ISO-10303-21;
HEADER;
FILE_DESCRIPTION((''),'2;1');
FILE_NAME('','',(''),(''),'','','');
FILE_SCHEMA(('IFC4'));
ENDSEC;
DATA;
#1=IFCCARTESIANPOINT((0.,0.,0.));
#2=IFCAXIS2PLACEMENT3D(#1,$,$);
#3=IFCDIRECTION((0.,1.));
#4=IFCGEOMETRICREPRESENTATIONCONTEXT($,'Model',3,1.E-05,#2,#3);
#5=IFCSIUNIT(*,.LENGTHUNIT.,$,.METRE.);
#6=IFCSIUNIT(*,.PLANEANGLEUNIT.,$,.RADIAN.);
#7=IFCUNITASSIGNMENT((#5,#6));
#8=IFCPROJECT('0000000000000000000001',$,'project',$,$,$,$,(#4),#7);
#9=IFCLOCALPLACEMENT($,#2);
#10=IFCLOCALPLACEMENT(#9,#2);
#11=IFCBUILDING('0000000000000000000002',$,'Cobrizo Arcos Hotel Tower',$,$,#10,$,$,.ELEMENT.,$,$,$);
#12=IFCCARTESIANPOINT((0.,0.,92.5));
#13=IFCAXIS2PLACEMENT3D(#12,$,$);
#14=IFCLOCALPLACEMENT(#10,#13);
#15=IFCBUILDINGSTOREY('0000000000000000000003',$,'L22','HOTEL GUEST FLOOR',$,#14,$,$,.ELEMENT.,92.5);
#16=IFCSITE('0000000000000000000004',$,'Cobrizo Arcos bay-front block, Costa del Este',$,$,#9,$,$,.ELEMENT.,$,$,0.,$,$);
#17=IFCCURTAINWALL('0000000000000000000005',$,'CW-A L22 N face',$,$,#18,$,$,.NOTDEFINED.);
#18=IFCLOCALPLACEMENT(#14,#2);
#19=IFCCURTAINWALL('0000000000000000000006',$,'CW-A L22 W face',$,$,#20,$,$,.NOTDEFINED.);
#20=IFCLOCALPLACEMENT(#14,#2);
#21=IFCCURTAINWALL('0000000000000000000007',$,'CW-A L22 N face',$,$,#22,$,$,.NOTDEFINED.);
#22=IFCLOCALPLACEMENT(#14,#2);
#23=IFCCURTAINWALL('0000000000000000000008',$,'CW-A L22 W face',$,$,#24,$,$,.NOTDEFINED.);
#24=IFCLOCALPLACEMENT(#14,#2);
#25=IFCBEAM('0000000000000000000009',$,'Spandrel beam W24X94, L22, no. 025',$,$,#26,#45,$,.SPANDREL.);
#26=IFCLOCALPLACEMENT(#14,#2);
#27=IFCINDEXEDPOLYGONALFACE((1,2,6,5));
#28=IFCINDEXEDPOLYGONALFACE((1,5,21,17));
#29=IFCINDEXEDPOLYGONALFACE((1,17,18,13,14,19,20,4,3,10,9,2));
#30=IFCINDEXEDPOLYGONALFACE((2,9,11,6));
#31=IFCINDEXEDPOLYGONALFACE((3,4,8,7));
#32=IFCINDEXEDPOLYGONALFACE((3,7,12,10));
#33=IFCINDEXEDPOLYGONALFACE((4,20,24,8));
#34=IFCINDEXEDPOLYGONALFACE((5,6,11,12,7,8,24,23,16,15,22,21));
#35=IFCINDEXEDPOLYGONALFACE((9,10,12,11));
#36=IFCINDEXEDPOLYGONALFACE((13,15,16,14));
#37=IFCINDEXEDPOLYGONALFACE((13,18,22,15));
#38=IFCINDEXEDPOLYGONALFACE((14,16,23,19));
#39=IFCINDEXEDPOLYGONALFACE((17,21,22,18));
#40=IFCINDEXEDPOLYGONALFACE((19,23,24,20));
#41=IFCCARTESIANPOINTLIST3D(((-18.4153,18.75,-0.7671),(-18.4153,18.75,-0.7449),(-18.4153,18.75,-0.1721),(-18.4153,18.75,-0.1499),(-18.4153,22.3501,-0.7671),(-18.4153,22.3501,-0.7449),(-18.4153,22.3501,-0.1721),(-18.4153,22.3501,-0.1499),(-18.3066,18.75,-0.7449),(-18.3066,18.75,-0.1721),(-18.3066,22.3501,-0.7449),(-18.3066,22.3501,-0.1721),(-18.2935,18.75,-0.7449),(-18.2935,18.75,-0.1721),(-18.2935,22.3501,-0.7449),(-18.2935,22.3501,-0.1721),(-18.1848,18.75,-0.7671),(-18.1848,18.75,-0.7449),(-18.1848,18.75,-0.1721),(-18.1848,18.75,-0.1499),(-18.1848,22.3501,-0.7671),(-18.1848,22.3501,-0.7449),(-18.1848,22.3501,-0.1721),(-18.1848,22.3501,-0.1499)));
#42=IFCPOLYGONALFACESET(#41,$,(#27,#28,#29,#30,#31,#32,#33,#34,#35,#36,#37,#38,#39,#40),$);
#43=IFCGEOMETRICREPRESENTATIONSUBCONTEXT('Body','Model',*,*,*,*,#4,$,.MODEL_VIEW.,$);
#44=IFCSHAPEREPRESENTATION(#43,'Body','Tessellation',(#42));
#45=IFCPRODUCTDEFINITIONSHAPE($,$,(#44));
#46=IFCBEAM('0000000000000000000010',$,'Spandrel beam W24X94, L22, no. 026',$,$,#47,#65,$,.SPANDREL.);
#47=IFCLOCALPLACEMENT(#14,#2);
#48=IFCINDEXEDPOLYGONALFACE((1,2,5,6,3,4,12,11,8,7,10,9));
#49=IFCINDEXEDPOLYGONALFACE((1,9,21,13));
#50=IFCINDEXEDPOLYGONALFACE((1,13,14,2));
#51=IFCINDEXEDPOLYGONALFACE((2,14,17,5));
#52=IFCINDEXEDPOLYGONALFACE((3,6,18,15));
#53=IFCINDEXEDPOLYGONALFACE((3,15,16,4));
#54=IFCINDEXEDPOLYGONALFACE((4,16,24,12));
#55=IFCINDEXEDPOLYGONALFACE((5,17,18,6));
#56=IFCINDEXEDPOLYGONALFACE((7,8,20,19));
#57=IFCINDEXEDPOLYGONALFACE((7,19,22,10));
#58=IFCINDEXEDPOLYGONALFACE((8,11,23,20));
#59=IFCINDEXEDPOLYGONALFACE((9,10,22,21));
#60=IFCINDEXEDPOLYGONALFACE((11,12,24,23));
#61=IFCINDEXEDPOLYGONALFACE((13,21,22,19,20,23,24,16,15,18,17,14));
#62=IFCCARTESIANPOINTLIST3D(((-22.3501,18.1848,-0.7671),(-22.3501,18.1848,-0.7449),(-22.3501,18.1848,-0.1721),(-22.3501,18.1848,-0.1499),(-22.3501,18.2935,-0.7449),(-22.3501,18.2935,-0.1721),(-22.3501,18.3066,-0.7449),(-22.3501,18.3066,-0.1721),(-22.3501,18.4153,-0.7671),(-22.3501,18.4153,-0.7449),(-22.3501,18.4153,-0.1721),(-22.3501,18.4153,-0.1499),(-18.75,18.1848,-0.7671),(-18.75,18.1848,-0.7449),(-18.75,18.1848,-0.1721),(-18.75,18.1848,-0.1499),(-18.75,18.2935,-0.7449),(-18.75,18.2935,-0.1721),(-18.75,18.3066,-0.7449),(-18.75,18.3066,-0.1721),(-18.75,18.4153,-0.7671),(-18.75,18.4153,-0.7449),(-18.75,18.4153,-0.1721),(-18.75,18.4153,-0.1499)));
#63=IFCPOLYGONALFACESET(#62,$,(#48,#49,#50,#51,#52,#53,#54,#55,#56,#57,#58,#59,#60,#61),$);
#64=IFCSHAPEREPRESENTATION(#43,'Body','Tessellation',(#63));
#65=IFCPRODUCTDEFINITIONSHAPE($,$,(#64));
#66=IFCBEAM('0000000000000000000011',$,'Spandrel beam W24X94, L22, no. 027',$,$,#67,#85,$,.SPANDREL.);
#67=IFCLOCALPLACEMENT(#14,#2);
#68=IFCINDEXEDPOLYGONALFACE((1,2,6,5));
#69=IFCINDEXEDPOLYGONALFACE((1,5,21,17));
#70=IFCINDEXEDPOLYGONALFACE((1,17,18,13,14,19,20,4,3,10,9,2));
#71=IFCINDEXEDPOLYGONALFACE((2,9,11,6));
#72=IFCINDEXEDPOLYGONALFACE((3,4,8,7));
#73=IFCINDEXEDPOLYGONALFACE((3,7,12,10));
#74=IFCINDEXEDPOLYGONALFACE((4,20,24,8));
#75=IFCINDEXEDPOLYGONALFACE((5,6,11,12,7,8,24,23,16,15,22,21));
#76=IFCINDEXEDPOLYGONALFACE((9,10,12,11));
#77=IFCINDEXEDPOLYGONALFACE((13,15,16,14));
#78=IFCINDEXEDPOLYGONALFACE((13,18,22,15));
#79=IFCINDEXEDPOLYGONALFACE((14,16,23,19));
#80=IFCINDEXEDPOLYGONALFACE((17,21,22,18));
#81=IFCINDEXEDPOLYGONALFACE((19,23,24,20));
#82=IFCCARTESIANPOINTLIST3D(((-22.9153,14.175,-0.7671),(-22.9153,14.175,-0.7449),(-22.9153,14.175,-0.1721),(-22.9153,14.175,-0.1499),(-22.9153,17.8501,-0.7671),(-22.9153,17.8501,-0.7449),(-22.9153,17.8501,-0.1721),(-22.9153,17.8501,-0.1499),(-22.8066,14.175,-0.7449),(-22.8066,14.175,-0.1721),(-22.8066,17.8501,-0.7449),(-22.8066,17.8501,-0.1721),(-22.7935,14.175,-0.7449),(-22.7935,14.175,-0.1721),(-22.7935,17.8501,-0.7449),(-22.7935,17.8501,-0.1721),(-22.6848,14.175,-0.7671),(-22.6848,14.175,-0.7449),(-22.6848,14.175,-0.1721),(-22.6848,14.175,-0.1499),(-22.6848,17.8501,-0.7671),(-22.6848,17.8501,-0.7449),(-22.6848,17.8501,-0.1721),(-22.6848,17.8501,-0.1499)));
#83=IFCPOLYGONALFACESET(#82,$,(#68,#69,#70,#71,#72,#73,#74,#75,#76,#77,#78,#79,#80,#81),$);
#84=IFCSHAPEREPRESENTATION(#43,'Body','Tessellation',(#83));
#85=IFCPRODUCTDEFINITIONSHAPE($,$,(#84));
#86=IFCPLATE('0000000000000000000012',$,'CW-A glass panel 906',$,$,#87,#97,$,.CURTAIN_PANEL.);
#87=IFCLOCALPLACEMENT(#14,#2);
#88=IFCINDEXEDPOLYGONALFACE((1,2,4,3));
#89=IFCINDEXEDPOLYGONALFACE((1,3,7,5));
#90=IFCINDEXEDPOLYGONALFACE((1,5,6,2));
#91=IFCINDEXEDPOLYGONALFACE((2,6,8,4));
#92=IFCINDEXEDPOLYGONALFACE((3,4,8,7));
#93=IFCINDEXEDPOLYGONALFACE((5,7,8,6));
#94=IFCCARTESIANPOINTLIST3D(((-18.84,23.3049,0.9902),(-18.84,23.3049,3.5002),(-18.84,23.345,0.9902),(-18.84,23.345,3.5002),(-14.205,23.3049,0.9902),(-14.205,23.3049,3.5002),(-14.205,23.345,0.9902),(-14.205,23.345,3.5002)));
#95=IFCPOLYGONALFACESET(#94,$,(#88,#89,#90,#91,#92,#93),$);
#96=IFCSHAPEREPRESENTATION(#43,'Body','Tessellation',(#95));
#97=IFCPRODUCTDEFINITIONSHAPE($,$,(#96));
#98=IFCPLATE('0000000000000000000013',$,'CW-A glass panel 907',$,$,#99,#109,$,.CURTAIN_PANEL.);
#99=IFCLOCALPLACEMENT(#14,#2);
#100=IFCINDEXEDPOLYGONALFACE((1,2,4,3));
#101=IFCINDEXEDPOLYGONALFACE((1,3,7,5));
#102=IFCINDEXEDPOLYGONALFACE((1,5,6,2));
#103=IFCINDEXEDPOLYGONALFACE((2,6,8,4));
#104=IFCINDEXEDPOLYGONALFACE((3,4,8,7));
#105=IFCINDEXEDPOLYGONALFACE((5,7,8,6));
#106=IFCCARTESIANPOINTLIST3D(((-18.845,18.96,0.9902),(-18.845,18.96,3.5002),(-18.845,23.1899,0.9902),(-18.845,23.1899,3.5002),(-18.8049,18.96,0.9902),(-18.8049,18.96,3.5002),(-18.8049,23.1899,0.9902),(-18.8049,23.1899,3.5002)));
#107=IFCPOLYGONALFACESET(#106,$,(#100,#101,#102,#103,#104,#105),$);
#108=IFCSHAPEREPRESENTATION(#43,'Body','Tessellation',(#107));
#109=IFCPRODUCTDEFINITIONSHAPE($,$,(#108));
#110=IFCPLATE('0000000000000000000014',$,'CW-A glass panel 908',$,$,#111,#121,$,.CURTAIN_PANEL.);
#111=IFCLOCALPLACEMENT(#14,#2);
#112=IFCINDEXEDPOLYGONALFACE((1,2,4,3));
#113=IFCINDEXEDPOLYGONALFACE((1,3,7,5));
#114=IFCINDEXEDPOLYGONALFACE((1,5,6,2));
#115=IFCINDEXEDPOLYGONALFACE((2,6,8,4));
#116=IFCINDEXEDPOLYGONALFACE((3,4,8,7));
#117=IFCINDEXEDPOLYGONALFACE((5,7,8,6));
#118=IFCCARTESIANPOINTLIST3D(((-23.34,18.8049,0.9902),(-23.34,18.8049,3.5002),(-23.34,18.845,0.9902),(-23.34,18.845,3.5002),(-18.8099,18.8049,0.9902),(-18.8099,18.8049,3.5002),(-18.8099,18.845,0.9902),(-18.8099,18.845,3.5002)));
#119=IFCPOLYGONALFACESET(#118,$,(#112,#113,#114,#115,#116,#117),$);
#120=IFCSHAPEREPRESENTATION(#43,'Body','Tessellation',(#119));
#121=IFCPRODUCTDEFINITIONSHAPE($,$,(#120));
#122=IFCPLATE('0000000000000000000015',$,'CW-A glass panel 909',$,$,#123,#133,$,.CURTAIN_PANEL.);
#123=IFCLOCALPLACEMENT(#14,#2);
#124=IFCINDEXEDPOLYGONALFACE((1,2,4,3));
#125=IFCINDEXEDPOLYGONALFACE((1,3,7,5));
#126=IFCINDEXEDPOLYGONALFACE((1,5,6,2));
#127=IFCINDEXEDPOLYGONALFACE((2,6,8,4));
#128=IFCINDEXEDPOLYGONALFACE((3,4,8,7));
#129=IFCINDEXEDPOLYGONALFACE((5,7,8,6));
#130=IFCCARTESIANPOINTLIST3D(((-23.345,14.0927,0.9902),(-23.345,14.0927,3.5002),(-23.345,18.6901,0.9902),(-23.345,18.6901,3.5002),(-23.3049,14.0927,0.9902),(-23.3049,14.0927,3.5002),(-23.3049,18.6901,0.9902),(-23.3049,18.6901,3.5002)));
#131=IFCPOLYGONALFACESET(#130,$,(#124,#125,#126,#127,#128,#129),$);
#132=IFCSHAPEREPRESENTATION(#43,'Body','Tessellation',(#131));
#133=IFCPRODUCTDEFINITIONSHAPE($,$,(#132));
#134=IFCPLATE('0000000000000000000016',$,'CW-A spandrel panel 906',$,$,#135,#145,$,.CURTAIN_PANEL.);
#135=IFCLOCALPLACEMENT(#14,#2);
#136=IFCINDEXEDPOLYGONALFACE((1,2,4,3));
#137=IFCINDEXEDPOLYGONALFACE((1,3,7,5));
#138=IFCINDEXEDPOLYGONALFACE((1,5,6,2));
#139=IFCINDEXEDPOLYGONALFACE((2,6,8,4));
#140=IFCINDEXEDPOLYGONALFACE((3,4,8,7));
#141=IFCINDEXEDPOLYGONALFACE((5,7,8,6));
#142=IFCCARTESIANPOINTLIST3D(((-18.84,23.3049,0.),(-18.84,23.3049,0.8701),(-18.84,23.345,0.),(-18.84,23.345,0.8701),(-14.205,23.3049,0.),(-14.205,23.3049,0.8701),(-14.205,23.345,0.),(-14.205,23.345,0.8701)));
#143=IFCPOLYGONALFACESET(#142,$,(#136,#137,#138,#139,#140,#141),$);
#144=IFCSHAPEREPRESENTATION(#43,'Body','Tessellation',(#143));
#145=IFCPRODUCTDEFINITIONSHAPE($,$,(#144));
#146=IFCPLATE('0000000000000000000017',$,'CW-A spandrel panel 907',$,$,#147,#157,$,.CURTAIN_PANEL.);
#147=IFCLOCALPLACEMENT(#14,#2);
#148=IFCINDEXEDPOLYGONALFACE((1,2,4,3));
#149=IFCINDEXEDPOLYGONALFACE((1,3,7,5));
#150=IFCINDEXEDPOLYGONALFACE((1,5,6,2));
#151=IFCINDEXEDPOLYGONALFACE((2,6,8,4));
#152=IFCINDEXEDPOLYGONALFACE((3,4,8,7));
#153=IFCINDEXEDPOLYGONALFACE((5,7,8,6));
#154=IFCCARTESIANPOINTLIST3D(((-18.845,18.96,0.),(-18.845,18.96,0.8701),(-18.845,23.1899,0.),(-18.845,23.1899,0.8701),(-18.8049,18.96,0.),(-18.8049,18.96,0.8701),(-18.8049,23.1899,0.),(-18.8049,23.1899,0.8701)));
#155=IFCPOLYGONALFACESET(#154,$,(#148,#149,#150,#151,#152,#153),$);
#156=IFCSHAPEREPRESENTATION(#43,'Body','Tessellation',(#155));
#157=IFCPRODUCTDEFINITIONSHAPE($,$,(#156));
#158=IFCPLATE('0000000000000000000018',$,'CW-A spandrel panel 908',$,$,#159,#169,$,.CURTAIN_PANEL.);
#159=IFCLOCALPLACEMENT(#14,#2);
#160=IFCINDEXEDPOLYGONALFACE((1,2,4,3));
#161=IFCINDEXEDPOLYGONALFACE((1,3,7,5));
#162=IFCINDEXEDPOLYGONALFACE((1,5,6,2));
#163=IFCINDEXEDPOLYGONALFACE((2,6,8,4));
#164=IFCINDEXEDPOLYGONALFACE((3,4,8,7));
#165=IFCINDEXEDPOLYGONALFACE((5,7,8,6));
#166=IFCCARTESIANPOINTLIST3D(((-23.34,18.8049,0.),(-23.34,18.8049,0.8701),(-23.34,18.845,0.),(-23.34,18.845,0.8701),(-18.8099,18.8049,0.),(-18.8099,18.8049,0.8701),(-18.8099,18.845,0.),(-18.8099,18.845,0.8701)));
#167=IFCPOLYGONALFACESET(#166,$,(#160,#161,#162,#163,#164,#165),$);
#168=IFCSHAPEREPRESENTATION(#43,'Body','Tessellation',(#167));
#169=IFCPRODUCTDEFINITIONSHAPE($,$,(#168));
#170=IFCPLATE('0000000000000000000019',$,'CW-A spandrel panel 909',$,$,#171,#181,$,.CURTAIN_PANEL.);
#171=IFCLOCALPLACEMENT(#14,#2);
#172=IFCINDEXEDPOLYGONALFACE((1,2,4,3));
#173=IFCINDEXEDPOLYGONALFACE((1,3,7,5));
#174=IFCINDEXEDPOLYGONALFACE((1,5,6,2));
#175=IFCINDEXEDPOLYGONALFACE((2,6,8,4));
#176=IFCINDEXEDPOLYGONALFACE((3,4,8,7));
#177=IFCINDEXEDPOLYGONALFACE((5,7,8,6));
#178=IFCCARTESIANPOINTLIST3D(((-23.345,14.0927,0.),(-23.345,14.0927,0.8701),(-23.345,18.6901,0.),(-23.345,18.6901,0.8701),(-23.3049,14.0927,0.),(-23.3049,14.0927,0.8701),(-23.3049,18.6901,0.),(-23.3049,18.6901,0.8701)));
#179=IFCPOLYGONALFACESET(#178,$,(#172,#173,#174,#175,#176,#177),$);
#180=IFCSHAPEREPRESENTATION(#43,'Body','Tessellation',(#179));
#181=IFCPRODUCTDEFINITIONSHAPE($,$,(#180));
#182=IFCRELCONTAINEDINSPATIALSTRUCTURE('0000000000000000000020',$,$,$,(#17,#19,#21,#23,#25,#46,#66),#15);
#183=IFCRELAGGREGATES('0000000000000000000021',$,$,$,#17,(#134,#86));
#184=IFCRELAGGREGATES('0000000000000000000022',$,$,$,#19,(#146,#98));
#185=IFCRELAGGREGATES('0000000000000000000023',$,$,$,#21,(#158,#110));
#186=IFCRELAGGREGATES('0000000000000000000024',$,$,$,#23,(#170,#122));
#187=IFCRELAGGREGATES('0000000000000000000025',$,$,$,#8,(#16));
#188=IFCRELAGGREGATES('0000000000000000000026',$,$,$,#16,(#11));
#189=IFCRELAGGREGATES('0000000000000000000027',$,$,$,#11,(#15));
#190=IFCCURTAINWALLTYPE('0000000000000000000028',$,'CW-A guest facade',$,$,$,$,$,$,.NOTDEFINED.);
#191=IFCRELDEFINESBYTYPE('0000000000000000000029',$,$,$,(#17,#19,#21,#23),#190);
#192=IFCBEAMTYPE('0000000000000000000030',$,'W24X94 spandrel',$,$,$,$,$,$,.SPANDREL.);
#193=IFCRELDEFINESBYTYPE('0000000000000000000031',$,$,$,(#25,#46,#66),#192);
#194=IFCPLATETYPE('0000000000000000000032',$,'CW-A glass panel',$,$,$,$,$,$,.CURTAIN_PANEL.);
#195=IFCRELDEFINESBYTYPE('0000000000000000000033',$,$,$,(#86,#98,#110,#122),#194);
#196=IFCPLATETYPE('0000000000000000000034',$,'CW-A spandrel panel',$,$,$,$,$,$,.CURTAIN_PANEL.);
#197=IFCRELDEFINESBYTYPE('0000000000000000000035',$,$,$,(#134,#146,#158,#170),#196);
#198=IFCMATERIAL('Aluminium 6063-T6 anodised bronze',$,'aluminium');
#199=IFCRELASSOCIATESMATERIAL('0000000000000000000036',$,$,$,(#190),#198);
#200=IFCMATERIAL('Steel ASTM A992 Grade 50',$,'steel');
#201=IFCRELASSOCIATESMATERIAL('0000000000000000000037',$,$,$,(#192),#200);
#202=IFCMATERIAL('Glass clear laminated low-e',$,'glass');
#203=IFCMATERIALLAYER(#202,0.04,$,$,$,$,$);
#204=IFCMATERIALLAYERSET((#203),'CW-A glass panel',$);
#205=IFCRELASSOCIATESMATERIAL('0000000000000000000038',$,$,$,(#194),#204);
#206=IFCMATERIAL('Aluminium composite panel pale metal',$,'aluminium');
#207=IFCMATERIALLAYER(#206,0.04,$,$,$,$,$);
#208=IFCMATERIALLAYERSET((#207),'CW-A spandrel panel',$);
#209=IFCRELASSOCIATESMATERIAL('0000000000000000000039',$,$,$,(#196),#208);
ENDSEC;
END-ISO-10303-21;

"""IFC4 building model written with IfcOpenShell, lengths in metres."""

from ifc_helpers import new_model, si_unit, direction, frame, origin, origin_2d, place, context, subcontext, project, spatial, rectangle, i_section, extrude, material, layer, layer_set, material_profile, profile_set, type_object, element, aggregate, save


model = new_model("IFC4")

# Units and contexts
model_context = context("Model", 3, precision=1e-05, world=origin(), true_north=direction((0.0, 1.0)))
body_context = subcontext(model_context, "Body", "Model", "MODEL_VIEW")
ifc_project = project(units=[si_unit("LENGTHUNIT", "METRE"), si_unit("PLANEANGLEUNIT", "RADIAN")], contexts=[model_context])

# Site, building, storey
site_placement = place(None, origin())
site = spatial("IfcSite", under=ifc_project, at=site_placement, Name="Cobrizo Arcos bay-front block, Costa del Este", CompositionType="ELEMENT", RefElevation=0.0)
building_placement = place(site_placement, origin())
building = spatial("IfcBuilding", under=site, at=building_placement, Name="Cobrizo Arcos Hotel Tower", CompositionType="ELEMENT")
storey_placement = place(building_placement, frame((0.0, 0.0, 92.5)))
storey = spatial("IfcBuildingStorey", under=building, at=storey_placement, Name="L22", Description="HOTEL GUEST FLOOR", CompositionType="ELEMENT", Elevation=92.5)

# Curtain wall
ifc_material_1 = material(Name="Aluminium 6063-T6 anodised bronze", Category="aluminium")
curtain_wall_type = type_object("IfcCurtainWallType", Name="CW-A guest facade", PredefinedType="NOTDEFINED", material=ifc_material_1)
curtain_wall_1_placement = place(storey_placement, origin())
curtain_wall_1 = element("IfcCurtainWall", 1, at=curtain_wall_1_placement, inside=storey, type_object=curtain_wall_type, Name="CW-A L22 N face", PredefinedType="NOTDEFINED")

# Curtain walls
curtain_wall_2_placement = place(storey_placement, origin())
curtain_wall_2 = element("IfcCurtainWall", 2, at=curtain_wall_2_placement, inside=storey, type_object=curtain_wall_type, Name="CW-A L22 W face", PredefinedType="NOTDEFINED")
curtain_wall_3_placement = place(storey_placement, origin())
curtain_wall_3 = element("IfcCurtainWall", 3, at=curtain_wall_3_placement, inside=storey, type_object=curtain_wall_type, Name="CW-A L22 N face", PredefinedType="NOTDEFINED")
curtain_wall_4_placement = place(storey_placement, origin())
curtain_wall_4 = element("IfcCurtainWall", 4, at=curtain_wall_4_placement, inside=storey, type_object=curtain_wall_type, Name="CW-A L22 W face", PredefinedType="NOTDEFINED")

# Beams
ifc_material_2 = material(Name="Steel ASTM A992 Grade 50", Category="steel")
ifc_material_profile_1 = material_profile(ifc_material_2, i_section(OverallWidth=0.2305, OverallDepth=0.6172, WebThickness=0.0132, FlangeThickness=0.0222, at=origin_2d()), Name="W24X94")
ifc_profile_set_1 = profile_set([ifc_material_profile_1], Name="Steel ASTM A992 Grade 50")
beam_type = type_object("IfcBeamType", Name="W24X94 spandrel", PredefinedType="SPANDREL", material=ifc_profile_set_1)
for number, where, z_axis, x_axis, name in (
    (5, (-18.3, 22.3501, -0.4585), (0.0, -1.0, 0.0), (1.0, 0.0, 0.0), "Spandrel beam W24X94, L22, no. 025"),
    (6, (-18.75, 18.3, -0.4585), (-1.0, 0.0, 0.0), (0.0, -1.0, 0.0), "Spandrel beam W24X94, L22, no. 026"),
):
    element("IfcBeam", number, at=place(storey_placement, frame(where, z_axis=z_axis, x_axis=x_axis)), inside=storey, type_object=beam_type, Name=name, PredefinedType="SPANDREL", context=body_context, shape_type="SweptSolid", body=[
        extrude(i_section(OverallWidth=0.2305, OverallDepth=0.6172, WebThickness=0.0132, FlangeThickness=0.0222, at=origin_2d()), origin(), (0.0, 0.0, 1.0), 3.6001),
    ])
beam_placement = place(storey_placement, frame((-22.8, 17.8501, -0.4585), z_axis=(0.0, -1.0, 0.0), x_axis=(1.0, 0.0, 0.0)))
element("IfcBeam", 7, at=beam_placement, inside=storey, type_object=beam_type, Name="Spandrel beam W24X94, L22, no. 027", PredefinedType="SPANDREL", context=body_context, shape_type="SweptSolid", body=[
    extrude(i_section(OverallWidth=0.2305, OverallDepth=0.6172, WebThickness=0.0132, FlangeThickness=0.0222, at=origin_2d()), origin(), (0.0, 0.0, 1.0), 3.675),
])

# Plates
ifc_material_3 = material(Name="Glass clear laminated low-e", Category="glass")
ifc_layer_1 = layer(ifc_material_3, 0.04)
ifc_layer_set_1 = layer_set([ifc_layer_1], Name="CW-A glass panel")
plate_type_1 = type_object("IfcPlateType", Name="CW-A glass panel", PredefinedType="CURTAIN_PANEL", material=ifc_layer_set_1)
plate_1_placement = place(storey_placement, frame((-16.5225, 23.325, 0.9902), z_axis=(0.0, 0.0, 1.0), x_axis=(-1.0, 0.0, 0.0)))
plate_1 = element("IfcPlate", 8, at=plate_1_placement, type_object=plate_type_1, Name="CW-A glass panel 906", PredefinedType="CURTAIN_PANEL", context=body_context, shape_type="SweptSolid", body=[
    extrude(rectangle(XDim=4.635, YDim=0.04, at=origin_2d()), origin(), (0.0, 0.0, 1.0), 2.51),
])
plate_2_placement = place(storey_placement, frame((-18.825, 21.075, 0.9902), z_axis=(0.0, 0.0, 1.0), x_axis=(0.0, -1.0, 0.0)))
plate_2 = element("IfcPlate", 9, at=plate_2_placement, type_object=plate_type_1, Name="CW-A glass panel 907", PredefinedType="CURTAIN_PANEL", context=body_context, shape_type="SweptSolid", body=[
    extrude(rectangle(XDim=4.23, YDim=0.04, at=origin_2d()), origin(), (0.0, 0.0, 1.0), 2.51),
])
plate_3_placement = place(storey_placement, frame((-21.075, 18.825, 0.9902), z_axis=(0.0, 0.0, 1.0), x_axis=(-1.0, 0.0, 0.0)))
plate_3 = element("IfcPlate", 10, at=plate_3_placement, type_object=plate_type_1, Name="CW-A glass panel 908", PredefinedType="CURTAIN_PANEL", context=body_context, shape_type="SweptSolid", body=[
    extrude(rectangle(XDim=4.53, YDim=0.04, at=origin_2d()), origin(), (0.0, 0.0, 1.0), 2.51),
])
plate_4_placement = place(storey_placement, frame((-23.325, 16.3914, 0.9902), z_axis=(0.0, 0.0, 1.0), x_axis=(0.0, -1.0, 0.0)))
plate_4 = element("IfcPlate", 11, at=plate_4_placement, type_object=plate_type_1, Name="CW-A glass panel 909", PredefinedType="CURTAIN_PANEL", context=body_context, shape_type="SweptSolid", body=[
    extrude(rectangle(XDim=4.5974, YDim=0.04, at=origin_2d()), origin(), (0.0, 0.0, 1.0), 2.51),
])
ifc_material_4 = material(Name="Aluminium composite panel pale metal", Category="aluminium")
ifc_layer_2 = layer(ifc_material_4, 0.04)
ifc_layer_set_2 = layer_set([ifc_layer_2], Name="CW-A spandrel panel")
plate_type_2 = type_object("IfcPlateType", Name="CW-A spandrel panel", PredefinedType="CURTAIN_PANEL", material=ifc_layer_set_2)
plate_5_placement = place(storey_placement, frame((-16.5225, 23.325, 0.0), z_axis=(0.0, 0.0, 1.0), x_axis=(-1.0, 0.0, 0.0)))
plate_5 = element("IfcPlate", 12, at=plate_5_placement, type_object=plate_type_2, Name="CW-A spandrel panel 906", PredefinedType="CURTAIN_PANEL", context=body_context, shape_type="SweptSolid", body=[
    extrude(rectangle(XDim=4.635, YDim=0.04, at=origin_2d()), origin(), (0.0, 0.0, 1.0), 0.8701),
])
aggregate(curtain_wall_1, [plate_5, plate_1])
plate_6_placement = place(storey_placement, frame((-18.825, 21.075, 0.0), z_axis=(0.0, 0.0, 1.0), x_axis=(0.0, -1.0, 0.0)))
plate_6 = element("IfcPlate", 13, at=plate_6_placement, type_object=plate_type_2, Name="CW-A spandrel panel 907", PredefinedType="CURTAIN_PANEL", context=body_context, shape_type="SweptSolid", body=[
    extrude(rectangle(XDim=4.23, YDim=0.04, at=origin_2d()), origin(), (0.0, 0.0, 1.0), 0.8701),
])
aggregate(curtain_wall_2, [plate_6, plate_2])
plate_7_placement = place(storey_placement, frame((-21.075, 18.825, 0.0), z_axis=(0.0, 0.0, 1.0), x_axis=(-1.0, 0.0, 0.0)))
plate_7 = element("IfcPlate", 14, at=plate_7_placement, type_object=plate_type_2, Name="CW-A spandrel panel 908", PredefinedType="CURTAIN_PANEL", context=body_context, shape_type="SweptSolid", body=[
    extrude(rectangle(XDim=4.53, YDim=0.04, at=origin_2d()), origin(), (0.0, 0.0, 1.0), 0.8701),
])
aggregate(curtain_wall_3, [plate_7, plate_3])
plate_8_placement = place(storey_placement, frame((-23.325, 16.3914, 0.0), z_axis=(0.0, 0.0, 1.0), x_axis=(0.0, -1.0, 0.0)))
plate_8 = element("IfcPlate", 15, at=plate_8_placement, type_object=plate_type_2, Name="CW-A spandrel panel 909", PredefinedType="CURTAIN_PANEL", context=body_context, shape_type="SweptSolid", body=[
    extrude(rectangle(XDim=4.5974, YDim=0.04, at=origin_2d()), origin(), (0.0, 0.0, 1.0), 0.8701),
])
aggregate(curtain_wall_4, [plate_8, plate_4])

save(model, "model.ifc")
